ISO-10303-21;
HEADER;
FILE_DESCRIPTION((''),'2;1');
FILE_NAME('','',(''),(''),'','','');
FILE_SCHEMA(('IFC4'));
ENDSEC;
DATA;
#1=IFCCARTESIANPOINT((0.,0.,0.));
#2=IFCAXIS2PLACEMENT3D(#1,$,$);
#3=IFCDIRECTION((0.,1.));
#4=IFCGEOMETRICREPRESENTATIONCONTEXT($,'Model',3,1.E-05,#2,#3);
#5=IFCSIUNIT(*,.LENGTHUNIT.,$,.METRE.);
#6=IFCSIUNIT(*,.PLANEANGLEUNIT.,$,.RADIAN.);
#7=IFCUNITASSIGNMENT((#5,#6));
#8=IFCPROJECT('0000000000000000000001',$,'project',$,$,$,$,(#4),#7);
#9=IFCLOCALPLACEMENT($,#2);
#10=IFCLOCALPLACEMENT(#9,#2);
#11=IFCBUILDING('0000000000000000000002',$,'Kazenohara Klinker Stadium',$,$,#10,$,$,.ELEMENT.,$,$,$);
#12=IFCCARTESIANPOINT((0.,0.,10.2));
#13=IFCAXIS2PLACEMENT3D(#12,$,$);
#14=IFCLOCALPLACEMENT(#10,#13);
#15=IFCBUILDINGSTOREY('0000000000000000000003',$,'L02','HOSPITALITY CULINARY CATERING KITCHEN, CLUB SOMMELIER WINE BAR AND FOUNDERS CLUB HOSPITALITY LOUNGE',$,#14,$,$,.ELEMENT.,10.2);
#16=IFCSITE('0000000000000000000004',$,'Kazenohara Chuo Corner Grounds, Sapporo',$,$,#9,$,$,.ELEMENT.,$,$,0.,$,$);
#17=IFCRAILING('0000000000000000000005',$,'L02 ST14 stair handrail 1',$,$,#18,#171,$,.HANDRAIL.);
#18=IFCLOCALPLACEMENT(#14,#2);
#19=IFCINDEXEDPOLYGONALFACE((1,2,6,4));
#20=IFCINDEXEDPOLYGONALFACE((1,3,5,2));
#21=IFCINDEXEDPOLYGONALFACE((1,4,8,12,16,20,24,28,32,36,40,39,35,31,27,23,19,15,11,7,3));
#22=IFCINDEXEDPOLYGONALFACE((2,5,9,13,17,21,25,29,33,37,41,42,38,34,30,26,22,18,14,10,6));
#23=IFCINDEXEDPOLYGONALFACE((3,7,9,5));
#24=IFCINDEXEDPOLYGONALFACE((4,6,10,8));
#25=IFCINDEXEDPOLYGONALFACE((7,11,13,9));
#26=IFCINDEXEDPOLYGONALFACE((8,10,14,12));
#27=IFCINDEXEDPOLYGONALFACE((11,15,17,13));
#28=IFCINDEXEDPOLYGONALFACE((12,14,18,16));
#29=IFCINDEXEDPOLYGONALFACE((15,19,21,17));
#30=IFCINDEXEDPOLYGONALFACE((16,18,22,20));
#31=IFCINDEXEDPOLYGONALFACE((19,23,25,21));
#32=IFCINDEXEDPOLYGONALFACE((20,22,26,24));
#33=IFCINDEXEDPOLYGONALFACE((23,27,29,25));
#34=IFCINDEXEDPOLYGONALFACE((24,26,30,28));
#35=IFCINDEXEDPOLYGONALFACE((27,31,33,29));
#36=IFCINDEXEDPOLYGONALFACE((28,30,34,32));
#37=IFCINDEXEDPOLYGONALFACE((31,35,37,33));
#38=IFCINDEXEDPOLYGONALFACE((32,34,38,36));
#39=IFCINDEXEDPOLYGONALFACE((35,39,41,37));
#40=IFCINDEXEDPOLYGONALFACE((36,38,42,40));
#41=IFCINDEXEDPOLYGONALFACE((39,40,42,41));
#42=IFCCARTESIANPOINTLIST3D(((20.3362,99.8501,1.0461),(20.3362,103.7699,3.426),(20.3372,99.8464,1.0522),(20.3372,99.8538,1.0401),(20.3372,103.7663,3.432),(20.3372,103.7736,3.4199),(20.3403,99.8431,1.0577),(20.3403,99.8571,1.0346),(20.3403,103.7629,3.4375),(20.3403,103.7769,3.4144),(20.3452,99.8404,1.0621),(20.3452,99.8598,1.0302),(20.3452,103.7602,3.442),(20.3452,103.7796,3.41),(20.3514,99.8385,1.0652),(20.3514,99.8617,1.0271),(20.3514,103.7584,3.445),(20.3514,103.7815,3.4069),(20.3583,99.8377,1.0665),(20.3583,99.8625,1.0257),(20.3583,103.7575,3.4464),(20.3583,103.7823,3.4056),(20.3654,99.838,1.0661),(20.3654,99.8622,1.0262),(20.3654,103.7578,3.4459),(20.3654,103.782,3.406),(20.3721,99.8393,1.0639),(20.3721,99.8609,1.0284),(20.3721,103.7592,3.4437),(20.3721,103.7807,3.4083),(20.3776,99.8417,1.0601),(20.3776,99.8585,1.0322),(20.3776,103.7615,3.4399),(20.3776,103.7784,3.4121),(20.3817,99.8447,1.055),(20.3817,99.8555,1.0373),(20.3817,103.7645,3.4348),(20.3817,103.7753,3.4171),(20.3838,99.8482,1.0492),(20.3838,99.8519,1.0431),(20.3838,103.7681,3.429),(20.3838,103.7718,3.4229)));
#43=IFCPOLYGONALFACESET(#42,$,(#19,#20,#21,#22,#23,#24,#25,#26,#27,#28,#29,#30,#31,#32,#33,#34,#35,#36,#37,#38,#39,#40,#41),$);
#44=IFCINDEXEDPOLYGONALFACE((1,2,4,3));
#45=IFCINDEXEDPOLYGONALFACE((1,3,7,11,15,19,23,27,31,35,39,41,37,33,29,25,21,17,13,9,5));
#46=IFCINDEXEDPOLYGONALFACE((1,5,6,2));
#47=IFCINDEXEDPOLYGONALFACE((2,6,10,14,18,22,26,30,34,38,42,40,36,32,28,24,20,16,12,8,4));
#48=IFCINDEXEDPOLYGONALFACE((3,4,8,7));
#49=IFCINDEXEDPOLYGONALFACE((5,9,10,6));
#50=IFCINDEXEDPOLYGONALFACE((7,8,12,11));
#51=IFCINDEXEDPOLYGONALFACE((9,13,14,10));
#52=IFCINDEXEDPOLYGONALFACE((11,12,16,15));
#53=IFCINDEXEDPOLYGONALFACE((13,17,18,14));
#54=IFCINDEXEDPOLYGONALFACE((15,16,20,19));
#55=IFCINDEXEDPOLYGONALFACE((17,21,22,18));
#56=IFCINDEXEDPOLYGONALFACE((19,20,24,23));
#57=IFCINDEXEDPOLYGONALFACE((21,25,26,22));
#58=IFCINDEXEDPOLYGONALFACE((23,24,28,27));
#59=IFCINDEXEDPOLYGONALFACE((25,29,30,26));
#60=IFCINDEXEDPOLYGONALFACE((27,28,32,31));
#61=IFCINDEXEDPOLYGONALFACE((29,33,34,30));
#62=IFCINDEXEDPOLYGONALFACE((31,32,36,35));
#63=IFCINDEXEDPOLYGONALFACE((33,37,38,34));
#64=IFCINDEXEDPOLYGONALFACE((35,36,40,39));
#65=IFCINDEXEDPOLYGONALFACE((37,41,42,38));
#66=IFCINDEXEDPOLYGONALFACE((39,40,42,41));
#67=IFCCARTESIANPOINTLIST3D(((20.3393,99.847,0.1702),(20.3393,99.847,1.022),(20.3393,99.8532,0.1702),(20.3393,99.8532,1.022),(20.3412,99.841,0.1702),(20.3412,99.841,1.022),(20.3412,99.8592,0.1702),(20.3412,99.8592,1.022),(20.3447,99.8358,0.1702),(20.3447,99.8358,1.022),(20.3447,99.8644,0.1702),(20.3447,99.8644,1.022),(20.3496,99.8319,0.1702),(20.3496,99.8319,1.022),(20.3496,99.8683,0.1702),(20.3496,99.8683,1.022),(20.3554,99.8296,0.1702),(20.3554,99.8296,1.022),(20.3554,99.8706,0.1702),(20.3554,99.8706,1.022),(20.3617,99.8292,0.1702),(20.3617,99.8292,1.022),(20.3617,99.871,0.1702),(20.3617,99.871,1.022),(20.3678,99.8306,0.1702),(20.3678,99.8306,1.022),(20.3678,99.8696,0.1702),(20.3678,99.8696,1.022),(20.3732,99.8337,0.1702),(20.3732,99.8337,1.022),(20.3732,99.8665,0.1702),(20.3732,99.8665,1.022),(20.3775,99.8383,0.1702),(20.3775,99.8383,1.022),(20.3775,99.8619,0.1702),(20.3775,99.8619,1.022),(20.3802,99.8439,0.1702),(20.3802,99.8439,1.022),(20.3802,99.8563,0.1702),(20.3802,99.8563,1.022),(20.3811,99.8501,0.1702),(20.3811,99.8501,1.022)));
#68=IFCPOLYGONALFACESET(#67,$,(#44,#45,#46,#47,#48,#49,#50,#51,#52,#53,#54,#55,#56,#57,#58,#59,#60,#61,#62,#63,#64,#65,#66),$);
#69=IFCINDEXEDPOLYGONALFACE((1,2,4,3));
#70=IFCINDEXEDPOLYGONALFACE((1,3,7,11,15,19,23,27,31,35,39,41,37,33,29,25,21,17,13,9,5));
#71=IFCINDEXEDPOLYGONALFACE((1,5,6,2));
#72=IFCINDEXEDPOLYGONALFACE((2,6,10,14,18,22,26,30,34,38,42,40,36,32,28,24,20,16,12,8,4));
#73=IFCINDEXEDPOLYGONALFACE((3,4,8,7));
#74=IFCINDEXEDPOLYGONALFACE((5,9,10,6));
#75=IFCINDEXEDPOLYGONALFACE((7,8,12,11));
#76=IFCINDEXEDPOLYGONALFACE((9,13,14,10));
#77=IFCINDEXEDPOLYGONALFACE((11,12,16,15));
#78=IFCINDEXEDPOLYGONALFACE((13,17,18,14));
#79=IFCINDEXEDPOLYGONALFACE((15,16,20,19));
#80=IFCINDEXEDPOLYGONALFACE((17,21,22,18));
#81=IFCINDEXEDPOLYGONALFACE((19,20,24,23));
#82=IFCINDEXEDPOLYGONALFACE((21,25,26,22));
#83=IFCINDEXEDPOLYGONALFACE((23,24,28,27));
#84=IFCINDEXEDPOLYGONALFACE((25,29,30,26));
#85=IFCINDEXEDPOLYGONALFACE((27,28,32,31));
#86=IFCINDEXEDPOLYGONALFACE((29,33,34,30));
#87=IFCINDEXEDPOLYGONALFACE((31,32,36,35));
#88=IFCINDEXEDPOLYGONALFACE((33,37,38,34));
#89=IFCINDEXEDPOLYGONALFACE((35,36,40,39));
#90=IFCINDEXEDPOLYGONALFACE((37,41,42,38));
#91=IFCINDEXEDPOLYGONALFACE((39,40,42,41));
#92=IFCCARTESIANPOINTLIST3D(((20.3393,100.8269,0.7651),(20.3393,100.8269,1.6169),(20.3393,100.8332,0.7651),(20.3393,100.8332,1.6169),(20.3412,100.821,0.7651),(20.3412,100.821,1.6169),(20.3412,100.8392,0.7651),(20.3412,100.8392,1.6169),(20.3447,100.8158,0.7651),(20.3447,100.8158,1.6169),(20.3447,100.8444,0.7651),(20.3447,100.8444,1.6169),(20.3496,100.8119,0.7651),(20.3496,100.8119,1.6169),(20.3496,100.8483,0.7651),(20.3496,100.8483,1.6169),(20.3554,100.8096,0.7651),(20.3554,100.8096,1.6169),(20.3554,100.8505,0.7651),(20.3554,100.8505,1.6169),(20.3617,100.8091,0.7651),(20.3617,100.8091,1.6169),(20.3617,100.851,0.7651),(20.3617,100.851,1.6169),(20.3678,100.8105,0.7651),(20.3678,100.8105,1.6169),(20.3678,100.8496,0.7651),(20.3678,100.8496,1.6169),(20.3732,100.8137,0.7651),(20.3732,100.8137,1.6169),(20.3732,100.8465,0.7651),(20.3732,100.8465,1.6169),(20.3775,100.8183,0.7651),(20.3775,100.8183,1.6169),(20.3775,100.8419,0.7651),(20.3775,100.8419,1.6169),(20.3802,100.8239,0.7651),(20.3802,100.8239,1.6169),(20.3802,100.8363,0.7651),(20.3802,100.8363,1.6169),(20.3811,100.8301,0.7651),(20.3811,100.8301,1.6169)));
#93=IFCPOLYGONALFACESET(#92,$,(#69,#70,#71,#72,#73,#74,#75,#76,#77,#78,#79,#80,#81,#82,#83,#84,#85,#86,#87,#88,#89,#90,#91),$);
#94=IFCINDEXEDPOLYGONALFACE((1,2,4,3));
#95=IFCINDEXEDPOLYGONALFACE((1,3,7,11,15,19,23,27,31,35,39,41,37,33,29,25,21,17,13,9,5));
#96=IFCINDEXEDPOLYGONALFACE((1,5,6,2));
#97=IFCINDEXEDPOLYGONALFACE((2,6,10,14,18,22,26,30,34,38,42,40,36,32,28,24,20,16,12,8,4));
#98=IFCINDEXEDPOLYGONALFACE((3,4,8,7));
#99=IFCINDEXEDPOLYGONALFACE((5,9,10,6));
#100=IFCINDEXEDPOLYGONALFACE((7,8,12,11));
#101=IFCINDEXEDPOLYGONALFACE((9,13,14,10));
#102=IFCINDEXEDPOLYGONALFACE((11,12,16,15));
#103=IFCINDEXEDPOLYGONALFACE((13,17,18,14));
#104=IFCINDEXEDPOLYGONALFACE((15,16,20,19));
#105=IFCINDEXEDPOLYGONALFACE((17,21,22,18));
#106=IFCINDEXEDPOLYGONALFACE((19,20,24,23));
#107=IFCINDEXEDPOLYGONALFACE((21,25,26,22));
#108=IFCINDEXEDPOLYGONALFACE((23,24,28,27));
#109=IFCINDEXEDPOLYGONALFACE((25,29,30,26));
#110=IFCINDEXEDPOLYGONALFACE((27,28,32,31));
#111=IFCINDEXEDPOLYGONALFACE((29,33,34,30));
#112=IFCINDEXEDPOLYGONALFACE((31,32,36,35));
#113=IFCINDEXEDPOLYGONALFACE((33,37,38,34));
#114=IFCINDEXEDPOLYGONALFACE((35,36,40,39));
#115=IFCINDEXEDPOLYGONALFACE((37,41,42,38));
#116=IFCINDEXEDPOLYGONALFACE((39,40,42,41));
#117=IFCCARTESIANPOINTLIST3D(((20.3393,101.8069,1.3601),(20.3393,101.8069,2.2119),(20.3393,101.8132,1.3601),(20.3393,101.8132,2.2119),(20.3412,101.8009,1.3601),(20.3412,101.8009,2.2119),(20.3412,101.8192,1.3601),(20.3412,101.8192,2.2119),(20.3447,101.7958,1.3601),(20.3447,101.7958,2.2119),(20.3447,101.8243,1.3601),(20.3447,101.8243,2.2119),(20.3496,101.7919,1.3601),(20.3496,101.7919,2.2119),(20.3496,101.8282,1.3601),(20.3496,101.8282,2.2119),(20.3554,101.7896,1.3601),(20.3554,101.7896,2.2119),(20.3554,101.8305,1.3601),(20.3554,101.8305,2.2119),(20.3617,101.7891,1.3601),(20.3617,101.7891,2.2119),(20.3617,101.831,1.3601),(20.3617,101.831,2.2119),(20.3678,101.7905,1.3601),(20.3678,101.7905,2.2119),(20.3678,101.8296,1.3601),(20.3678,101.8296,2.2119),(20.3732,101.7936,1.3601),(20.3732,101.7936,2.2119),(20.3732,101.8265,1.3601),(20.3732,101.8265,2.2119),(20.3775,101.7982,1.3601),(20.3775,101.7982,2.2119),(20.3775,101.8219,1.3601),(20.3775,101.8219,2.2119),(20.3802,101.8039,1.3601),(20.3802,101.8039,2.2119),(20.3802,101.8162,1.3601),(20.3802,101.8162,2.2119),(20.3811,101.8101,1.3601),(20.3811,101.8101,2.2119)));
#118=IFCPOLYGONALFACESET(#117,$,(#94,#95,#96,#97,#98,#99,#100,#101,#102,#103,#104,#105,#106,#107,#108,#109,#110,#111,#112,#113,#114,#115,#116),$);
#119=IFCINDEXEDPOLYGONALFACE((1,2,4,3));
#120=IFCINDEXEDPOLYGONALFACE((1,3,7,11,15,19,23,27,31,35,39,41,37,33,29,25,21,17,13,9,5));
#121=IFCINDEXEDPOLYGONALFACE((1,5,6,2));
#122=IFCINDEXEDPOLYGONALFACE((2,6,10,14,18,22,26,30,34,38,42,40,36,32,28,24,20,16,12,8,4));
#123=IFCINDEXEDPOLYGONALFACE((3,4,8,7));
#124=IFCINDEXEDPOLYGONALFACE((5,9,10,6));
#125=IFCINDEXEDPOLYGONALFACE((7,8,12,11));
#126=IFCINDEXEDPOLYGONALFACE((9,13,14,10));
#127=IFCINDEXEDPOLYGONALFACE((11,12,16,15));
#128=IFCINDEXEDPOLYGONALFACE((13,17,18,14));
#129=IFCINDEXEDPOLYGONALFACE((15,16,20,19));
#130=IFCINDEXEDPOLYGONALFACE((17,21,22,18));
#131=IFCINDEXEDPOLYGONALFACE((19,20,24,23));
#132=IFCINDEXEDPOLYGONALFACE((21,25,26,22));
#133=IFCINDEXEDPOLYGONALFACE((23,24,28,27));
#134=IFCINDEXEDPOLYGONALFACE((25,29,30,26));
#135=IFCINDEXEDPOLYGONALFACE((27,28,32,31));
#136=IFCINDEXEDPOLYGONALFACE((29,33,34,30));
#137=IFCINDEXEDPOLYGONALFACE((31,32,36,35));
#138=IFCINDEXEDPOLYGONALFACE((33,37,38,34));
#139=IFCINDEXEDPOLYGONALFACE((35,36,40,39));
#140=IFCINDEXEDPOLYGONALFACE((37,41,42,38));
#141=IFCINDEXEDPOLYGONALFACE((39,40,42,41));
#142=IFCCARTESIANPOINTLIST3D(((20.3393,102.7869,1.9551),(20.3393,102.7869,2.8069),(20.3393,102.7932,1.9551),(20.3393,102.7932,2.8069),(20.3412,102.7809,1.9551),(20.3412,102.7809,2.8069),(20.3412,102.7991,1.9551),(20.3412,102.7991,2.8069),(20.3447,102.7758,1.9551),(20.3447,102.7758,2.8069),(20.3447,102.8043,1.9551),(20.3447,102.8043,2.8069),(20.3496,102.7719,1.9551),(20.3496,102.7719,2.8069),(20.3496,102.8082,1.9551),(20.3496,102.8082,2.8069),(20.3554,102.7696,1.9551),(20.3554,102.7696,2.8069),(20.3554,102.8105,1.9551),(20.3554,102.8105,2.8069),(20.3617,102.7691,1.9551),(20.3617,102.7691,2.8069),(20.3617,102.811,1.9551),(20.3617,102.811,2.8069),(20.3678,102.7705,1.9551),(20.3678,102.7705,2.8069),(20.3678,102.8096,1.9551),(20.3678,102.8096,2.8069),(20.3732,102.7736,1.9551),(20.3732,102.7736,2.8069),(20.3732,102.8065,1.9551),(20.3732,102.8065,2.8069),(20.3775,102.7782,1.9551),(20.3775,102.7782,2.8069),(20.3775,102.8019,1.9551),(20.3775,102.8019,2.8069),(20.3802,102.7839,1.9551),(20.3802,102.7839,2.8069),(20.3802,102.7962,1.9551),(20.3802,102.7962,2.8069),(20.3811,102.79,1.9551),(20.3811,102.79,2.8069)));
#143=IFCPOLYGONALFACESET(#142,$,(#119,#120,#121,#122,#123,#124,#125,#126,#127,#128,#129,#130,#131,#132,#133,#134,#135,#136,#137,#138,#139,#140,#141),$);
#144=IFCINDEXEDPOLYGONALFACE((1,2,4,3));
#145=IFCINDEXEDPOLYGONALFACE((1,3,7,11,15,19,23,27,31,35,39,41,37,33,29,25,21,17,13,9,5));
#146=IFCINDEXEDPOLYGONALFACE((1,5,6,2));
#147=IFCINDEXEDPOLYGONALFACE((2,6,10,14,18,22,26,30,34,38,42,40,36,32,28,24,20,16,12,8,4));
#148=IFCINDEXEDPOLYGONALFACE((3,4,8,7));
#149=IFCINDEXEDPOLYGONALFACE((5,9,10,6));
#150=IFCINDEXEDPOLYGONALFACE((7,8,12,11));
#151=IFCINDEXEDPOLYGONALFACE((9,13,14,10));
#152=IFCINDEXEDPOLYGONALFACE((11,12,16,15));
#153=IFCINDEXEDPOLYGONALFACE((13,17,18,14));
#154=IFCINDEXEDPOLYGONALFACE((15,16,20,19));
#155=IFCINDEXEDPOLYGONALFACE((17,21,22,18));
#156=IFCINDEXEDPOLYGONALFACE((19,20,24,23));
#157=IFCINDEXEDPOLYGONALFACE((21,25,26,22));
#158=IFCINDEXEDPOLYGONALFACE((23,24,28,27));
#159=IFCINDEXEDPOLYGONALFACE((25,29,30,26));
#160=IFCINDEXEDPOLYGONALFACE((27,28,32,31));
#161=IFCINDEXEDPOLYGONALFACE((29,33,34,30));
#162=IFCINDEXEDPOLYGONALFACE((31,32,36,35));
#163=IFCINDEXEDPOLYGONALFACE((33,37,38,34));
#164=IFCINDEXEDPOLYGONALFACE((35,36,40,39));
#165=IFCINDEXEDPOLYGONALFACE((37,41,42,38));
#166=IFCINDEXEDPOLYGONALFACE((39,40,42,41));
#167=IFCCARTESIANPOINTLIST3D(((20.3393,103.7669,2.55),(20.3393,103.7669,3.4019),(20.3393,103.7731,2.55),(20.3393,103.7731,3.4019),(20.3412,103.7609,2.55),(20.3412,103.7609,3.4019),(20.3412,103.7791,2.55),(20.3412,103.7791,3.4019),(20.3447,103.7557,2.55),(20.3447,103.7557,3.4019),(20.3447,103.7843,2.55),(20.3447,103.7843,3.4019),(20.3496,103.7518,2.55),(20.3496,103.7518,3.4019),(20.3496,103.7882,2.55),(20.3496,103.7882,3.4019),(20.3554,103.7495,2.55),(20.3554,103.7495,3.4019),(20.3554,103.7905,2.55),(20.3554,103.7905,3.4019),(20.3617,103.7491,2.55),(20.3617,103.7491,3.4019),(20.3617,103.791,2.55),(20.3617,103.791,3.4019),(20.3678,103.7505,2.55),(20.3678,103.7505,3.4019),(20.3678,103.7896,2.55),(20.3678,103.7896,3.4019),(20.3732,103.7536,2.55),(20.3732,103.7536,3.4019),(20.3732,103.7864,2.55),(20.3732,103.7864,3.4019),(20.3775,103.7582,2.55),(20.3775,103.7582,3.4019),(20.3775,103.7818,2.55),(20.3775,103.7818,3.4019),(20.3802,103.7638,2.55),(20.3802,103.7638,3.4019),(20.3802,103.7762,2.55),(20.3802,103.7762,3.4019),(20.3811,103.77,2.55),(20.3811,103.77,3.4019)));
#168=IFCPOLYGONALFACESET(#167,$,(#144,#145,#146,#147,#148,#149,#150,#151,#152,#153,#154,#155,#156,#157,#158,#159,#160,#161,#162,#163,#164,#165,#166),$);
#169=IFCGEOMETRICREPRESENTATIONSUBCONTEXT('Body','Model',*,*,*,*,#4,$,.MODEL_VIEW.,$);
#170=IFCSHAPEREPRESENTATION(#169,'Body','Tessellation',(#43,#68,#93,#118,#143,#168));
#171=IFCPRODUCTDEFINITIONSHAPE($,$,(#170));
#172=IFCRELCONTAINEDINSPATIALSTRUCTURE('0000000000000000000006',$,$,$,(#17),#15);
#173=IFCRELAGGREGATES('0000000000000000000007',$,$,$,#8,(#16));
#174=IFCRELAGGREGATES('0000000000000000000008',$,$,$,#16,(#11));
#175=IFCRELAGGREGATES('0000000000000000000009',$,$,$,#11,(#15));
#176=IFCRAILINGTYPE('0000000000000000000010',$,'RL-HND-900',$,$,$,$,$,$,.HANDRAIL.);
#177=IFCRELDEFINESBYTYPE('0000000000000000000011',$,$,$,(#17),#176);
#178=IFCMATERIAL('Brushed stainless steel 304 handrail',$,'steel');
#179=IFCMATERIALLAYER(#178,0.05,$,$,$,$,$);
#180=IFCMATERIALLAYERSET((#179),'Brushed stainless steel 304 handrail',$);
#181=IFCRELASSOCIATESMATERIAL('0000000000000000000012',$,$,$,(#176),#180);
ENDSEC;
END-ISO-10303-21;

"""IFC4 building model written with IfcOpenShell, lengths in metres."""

from ifc_helpers import new_model, si_unit, direction, frame, origin, origin_2d, place, context, subcontext, project, spatial, circle, extrude, material, layer, layer_set, type_object, element, save


model = new_model("IFC4")

# Units and contexts
model_context = context("Model", 3, precision=1e-05, world=origin(), true_north=direction((0.0, 1.0)))
body_context = subcontext(model_context, "Body", "Model", "MODEL_VIEW")
ifc_project = project(units=[si_unit("LENGTHUNIT", "METRE"), si_unit("PLANEANGLEUNIT", "RADIAN")], contexts=[model_context])

# Site, building, storey
site_placement = place(None, origin())
site = spatial("IfcSite", under=ifc_project, at=site_placement, Name="Kazenohara Chuo Corner Grounds, Sapporo", CompositionType="ELEMENT", RefElevation=0.0)
building_placement = place(site_placement, origin())
building = spatial("IfcBuilding", under=site, at=building_placement, Name="Kazenohara Klinker Stadium", CompositionType="ELEMENT")
storey_placement = place(building_placement, frame((0.0, 0.0, 10.2)))
storey = spatial("IfcBuildingStorey", under=building, at=storey_placement, Name="L02", Description="HOSPITALITY CULINARY CATERING KITCHEN, CLUB SOMMELIER WINE BAR AND FOUNDERS CLUB HOSPITALITY LOUNGE", CompositionType="ELEMENT", Elevation=10.2)

# Railing
ifc_material_1 = material(Name="Brushed stainless steel 304 handrail", Category="steel")
ifc_layer_1 = layer(ifc_material_1, 0.05)
ifc_layer_set_1 = layer_set([ifc_layer_1], Name="Brushed stainless steel 304 handrail")
railing_type_1 = type_object("IfcRailingType", Name="RL-HND-900", PredefinedType="HANDRAIL", material=ifc_layer_set_1)
for number, where, name in (
    (1, (20.3601, 99.8501, 0.1702), "L02 ST14 stair handrail 1"),
):
    element("IfcRailing", number, at=place(storey_placement, frame(where)), inside=storey, type_object=railing_type_1, Name=name, PredefinedType="HANDRAIL", context=body_context, shape_type="SweptSolid", body=[
        extrude(circle(Radius=0.0239, at=origin_2d()), frame((0.0, 0.0, 0.876), z_axis=(0.0, 0.854794, 0.518967), x_axis=(-1.0, 0.0, 0.0)), (0.0, 0.0, 1.0), 4.5857),
        extrude(circle(Radius=0.021, at=origin_2d()), origin(), (0.0, 0.0, 1.0), 0.8518),
        extrude(circle(Radius=0.021, at=origin_2d()), frame((0.0, 0.98, 0.595)), (0.0, 0.0, 1.0), 0.8518),
        extrude(circle(Radius=0.021, at=origin_2d()), frame((0.0, 1.96, 1.1899)), (0.0, 0.0, 1.0), 0.8518),
        extrude(circle(Radius=0.021, at=origin_2d()), frame((0.0, 2.9399, 1.7849)), (0.0, 0.0, 1.0), 0.8518),
        extrude(circle(Radius=0.021, at=origin_2d()), frame((0.0, 3.9199, 2.3799)), (0.0, 0.0, 1.0), 0.8518),
    ])

save(model, "model.ifc")
